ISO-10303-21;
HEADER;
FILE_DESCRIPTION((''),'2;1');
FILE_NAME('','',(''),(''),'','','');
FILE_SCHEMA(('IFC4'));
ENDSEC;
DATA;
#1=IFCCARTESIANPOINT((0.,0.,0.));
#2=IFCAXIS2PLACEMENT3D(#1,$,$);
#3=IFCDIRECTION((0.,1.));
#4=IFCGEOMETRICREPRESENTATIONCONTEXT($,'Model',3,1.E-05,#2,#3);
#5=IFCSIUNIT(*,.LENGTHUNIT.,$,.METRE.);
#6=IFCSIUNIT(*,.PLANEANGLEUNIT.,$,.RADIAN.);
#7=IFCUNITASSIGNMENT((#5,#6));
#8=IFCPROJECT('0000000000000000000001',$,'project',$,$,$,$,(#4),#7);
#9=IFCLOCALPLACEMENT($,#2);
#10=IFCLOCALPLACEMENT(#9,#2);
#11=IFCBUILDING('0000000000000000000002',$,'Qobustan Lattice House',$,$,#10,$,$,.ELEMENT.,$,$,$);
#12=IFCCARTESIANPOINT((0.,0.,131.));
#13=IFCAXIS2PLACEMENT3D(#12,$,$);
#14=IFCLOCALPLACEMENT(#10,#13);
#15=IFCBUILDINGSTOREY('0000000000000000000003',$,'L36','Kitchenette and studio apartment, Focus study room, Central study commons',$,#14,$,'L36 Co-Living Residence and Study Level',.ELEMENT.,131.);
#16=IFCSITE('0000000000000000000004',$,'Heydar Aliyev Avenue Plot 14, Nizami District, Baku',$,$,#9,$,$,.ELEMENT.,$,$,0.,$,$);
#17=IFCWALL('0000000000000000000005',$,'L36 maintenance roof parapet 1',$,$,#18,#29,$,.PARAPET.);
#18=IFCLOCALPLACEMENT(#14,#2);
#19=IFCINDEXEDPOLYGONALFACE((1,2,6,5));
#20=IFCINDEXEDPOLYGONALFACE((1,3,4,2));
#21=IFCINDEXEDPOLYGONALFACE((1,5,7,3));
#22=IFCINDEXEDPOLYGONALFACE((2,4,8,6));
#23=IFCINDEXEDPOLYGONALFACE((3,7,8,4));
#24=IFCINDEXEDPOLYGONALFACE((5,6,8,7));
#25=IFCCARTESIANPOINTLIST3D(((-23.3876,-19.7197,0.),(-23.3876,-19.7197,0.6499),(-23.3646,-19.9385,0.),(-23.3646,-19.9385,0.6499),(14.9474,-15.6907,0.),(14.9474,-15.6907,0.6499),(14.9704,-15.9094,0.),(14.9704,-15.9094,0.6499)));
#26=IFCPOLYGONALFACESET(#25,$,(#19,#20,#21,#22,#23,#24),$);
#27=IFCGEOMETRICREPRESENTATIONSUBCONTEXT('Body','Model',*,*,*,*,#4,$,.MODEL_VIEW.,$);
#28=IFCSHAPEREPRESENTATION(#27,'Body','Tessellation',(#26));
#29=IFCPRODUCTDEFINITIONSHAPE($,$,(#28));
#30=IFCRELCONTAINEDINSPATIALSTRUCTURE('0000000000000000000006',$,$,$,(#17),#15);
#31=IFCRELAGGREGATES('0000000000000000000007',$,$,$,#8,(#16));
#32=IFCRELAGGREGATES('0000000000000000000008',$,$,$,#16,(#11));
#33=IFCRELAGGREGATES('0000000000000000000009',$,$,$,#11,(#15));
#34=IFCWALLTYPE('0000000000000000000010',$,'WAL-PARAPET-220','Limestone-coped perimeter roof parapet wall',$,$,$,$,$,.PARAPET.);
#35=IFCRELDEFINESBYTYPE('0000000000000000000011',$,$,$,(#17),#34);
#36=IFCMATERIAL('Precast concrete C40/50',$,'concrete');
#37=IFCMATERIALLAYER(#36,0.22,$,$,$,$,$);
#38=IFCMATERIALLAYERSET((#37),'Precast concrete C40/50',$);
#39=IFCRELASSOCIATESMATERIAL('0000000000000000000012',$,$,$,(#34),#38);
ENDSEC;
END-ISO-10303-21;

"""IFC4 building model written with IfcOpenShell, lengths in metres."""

from ifc_helpers import new_model, si_unit, direction, frame, frame_2d, origin, place, context, subcontext, project, spatial, rectangle, extrude, material, layer, layer_set, type_object, element, save


model = new_model("IFC4")

# Units and contexts
model_context = context("Model", 3, precision=1e-05, world=origin(), true_north=direction((0.0, 1.0)))
body_context = subcontext(model_context, "Body", "Model", "MODEL_VIEW")
ifc_project = project(units=[si_unit("LENGTHUNIT", "METRE"), si_unit("PLANEANGLEUNIT", "RADIAN")], contexts=[model_context])

# Site, building, storey
site_placement = place(None, origin())
site = spatial("IfcSite", under=ifc_project, at=site_placement, Name="Heydar Aliyev Avenue Plot 14, Nizami District, Baku", CompositionType="ELEMENT", RefElevation=0.0)
building_placement = place(site_placement, origin())
building = spatial("IfcBuilding", under=site, at=building_placement, Name="Qobustan Lattice House", CompositionType="ELEMENT")
storey_placement = place(building_placement, frame((0.0, 0.0, 131.0)))
storey = spatial("IfcBuildingStorey", under=building, at=storey_placement, Name="L36", Description="Kitchenette and studio apartment, Focus study room, Central study commons", LongName="L36 Co-Living Residence and Study Level", CompositionType="ELEMENT", Elevation=131.0)

# Wall
ifc_material_1 = material(Name="Precast concrete C40/50", Category="concrete")
ifc_layer_1 = layer(ifc_material_1, 0.22)
ifc_layer_set_1 = layer_set([ifc_layer_1], Name="Precast concrete C40/50")
wall_type_1 = type_object("IfcWallType", Name="WAL-PARAPET-220", Description="Limestone-coped perimeter roof parapet wall", PredefinedType="PARAPET", material=ifc_layer_set_1)
wall_1_placement = place(storey_placement, frame((-23.376, -19.8291, 0.0), z_axis=(0.0, 0.0, 1.0), x_axis=(0.994522, 0.104526, 0.0)))
element("IfcWall", 1, at=wall_1_placement, inside=storey, type_object=wall_type_1, Name="L36 maintenance roof parapet 1", PredefinedType="PARAPET", context=body_context, shape_type="SweptSolid", body=[
    extrude(rectangle(XDim=38.5461, YDim=0.22, at=frame_2d((19.2729, 0.0))), origin(), (0.0, 0.0, 1.0), 0.6499),
])

save(model, "model.ifc")
